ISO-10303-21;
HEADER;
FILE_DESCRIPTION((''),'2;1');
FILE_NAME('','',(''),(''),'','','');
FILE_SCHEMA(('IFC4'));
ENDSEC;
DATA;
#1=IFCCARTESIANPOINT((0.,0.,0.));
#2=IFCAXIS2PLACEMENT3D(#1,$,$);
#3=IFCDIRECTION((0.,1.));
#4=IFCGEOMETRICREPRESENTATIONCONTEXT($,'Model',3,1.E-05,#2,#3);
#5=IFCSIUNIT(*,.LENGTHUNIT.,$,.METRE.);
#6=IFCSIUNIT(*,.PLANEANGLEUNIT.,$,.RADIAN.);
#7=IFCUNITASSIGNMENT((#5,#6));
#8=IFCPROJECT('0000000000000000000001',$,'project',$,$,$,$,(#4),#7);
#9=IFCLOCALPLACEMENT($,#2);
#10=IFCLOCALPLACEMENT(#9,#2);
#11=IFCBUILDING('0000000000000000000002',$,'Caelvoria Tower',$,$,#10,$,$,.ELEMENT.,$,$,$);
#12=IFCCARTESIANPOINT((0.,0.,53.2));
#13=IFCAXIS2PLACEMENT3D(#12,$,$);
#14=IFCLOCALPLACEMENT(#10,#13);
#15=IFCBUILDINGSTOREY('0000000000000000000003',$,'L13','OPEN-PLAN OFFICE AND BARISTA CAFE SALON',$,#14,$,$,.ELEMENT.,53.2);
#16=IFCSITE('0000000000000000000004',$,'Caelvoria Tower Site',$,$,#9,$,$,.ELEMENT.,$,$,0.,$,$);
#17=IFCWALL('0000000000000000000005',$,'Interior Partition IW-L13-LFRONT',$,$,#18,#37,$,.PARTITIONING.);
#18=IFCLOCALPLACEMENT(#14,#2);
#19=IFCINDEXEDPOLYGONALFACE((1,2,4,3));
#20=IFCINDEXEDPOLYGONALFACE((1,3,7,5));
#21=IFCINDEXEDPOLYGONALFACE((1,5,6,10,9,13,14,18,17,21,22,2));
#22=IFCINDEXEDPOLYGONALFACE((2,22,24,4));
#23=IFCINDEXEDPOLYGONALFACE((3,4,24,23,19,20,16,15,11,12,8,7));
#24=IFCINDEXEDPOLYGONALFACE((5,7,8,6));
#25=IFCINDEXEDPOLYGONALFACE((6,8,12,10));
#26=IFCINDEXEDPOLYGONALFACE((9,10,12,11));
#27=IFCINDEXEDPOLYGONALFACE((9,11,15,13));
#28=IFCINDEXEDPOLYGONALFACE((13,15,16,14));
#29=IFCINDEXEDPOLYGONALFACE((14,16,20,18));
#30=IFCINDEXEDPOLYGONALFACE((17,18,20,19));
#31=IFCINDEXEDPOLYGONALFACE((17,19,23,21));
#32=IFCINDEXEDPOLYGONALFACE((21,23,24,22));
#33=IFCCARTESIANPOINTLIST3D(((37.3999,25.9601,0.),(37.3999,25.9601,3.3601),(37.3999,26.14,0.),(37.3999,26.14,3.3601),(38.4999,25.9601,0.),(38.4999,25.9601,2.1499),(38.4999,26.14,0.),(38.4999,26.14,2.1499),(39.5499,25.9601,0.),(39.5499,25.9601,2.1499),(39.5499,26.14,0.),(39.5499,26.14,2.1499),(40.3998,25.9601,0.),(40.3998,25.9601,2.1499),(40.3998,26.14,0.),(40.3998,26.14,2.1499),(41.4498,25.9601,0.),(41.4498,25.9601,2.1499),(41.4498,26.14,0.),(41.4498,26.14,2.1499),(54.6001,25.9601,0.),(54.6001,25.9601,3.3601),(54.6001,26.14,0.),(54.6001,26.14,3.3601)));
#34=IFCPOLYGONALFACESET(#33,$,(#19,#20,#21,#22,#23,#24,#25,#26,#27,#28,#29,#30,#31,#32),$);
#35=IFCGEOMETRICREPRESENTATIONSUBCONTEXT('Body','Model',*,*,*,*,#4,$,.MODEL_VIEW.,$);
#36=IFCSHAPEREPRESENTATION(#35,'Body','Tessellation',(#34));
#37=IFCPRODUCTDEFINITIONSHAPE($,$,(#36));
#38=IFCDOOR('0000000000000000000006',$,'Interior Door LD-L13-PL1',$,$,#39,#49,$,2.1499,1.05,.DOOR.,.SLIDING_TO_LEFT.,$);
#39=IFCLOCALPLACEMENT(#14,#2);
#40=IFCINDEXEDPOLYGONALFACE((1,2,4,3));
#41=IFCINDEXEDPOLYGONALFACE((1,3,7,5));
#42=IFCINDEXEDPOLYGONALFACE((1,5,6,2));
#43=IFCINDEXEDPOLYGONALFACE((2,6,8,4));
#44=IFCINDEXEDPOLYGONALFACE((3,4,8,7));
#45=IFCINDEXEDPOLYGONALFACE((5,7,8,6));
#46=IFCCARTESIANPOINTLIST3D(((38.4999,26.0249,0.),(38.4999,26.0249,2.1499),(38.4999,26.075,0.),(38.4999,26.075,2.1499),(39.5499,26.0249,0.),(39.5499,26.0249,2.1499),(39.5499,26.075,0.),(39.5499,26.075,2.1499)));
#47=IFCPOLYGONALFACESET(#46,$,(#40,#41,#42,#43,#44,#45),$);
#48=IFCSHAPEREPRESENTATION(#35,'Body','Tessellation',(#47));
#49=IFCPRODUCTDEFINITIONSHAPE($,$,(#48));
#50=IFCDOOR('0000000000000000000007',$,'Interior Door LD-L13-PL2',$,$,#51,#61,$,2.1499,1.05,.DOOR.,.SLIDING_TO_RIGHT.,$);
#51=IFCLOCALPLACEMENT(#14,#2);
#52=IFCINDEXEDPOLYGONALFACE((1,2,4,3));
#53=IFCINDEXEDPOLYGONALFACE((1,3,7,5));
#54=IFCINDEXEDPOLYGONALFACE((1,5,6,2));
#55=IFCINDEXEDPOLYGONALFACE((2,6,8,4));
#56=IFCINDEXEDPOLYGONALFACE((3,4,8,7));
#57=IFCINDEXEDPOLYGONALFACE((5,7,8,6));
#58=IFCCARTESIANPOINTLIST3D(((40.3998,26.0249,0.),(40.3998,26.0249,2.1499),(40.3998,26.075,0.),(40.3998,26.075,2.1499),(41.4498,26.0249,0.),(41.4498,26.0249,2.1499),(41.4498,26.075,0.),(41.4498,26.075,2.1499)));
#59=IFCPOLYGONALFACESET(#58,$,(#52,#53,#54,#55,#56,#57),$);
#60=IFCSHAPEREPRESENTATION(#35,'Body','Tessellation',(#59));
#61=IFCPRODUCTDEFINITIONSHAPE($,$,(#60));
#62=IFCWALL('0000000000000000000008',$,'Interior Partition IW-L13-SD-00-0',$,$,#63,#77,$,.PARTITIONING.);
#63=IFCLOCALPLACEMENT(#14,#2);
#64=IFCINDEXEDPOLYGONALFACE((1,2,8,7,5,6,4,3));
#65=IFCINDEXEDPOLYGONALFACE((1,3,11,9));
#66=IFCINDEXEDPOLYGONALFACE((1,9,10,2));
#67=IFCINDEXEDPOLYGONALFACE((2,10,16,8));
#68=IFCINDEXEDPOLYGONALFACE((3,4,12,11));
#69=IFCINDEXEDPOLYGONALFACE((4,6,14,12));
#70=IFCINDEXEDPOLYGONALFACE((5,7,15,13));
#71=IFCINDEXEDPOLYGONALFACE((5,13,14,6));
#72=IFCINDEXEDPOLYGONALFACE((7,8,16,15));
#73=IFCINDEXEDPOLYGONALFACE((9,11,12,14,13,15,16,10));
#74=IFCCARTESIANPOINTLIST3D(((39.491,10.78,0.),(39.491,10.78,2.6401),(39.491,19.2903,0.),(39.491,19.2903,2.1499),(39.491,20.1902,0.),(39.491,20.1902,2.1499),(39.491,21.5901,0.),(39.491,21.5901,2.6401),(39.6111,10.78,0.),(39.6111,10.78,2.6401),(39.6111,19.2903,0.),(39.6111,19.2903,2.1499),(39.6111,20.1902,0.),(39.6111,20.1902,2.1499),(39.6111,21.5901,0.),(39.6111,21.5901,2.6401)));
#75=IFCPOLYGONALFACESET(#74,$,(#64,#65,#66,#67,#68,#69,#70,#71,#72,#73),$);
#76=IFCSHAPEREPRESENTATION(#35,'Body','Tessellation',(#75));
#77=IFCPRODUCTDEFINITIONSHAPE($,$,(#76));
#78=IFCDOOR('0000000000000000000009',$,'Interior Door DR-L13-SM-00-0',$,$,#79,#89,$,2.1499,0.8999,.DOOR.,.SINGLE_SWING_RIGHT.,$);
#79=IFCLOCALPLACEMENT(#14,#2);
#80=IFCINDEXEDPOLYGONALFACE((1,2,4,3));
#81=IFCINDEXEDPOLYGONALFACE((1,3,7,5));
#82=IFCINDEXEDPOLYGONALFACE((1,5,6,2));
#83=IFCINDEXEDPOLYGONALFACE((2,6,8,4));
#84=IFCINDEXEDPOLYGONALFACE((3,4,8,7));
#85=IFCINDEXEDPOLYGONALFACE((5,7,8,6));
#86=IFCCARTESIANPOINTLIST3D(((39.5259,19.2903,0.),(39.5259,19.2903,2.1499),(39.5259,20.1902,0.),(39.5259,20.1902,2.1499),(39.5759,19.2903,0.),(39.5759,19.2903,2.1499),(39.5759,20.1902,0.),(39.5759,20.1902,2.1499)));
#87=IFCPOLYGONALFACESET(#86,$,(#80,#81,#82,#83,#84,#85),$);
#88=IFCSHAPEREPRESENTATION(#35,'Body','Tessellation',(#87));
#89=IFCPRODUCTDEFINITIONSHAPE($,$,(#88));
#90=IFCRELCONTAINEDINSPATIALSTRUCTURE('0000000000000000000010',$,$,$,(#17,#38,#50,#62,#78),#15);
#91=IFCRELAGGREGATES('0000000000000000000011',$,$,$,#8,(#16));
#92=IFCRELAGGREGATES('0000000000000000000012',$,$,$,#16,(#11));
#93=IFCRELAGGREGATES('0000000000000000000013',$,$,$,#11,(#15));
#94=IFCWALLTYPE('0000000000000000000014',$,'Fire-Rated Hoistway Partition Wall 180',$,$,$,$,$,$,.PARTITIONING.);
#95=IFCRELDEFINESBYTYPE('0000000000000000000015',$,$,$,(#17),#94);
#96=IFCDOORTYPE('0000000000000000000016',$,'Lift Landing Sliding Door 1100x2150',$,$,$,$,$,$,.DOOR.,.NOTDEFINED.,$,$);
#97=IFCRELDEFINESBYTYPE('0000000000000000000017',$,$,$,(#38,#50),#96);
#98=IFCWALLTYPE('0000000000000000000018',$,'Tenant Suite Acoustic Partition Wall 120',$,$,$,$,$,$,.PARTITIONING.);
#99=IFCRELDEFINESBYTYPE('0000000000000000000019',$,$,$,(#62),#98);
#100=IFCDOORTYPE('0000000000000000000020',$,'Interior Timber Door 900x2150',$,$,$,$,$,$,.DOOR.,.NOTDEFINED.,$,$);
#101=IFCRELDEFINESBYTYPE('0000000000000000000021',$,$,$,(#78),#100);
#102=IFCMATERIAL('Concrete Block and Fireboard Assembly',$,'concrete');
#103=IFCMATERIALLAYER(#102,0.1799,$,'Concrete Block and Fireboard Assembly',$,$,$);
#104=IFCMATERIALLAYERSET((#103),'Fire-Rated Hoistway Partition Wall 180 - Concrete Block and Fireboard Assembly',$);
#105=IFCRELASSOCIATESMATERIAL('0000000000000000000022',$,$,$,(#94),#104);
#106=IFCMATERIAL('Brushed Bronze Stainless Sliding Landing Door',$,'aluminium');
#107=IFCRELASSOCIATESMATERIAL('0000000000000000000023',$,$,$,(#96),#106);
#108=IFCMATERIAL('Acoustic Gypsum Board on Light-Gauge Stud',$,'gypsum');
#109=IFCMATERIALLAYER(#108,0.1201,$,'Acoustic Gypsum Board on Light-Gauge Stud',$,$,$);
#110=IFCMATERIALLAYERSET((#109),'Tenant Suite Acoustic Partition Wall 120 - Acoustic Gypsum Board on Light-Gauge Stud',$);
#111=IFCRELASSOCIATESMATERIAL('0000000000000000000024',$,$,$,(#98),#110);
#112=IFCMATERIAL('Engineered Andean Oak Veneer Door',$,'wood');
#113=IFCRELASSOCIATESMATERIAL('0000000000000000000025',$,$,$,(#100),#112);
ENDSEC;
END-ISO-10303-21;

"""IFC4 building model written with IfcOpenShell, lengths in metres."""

from ifc_helpers import new_model, si_unit, direction, frame, frame_2d, origin, place, context, subcontext, project, spatial, rectangle, extrude, material, layer, layer_set, type_object, element, fill, save


model = new_model("IFC4")

# Units and contexts
model_context = context("Model", 3, precision=1e-05, world=origin(), true_north=direction((0.0, 1.0)))
body_context = subcontext(model_context, "Body", "Model", "MODEL_VIEW")
ifc_project = project(units=[si_unit("LENGTHUNIT", "METRE"), si_unit("PLANEANGLEUNIT", "RADIAN")], contexts=[model_context])

# Site, building, storey
site_placement = place(None, origin())
site = spatial("IfcSite", under=ifc_project, at=site_placement, Name="Caelvoria Tower Site", CompositionType="ELEMENT", RefElevation=0.0)
building_placement = place(site_placement, origin())
building = spatial("IfcBuilding", under=site, at=building_placement, Name="Caelvoria Tower", CompositionType="ELEMENT")
storey_placement = place(building_placement, frame((0.0, 0.0, 53.2)))
storey = spatial("IfcBuildingStorey", under=building, at=storey_placement, Name="L13", Description="OPEN-PLAN OFFICE AND BARISTA CAFE SALON", CompositionType="ELEMENT", Elevation=53.2)

# Wall, openings, doors
ifc_material_1 = material(Name="Concrete Block and Fireboard Assembly", Category="concrete")
ifc_layer_1 = layer(ifc_material_1, 0.1799, Name="Concrete Block and Fireboard Assembly")
ifc_layer_set_1 = layer_set([ifc_layer_1], Name="Fire-Rated Hoistway Partition Wall 180 - Concrete Block and Fireboard Assembly")
wall_type_1 = type_object("IfcWallType", Name="Fire-Rated Hoistway Partition Wall 180", PredefinedType="PARTITIONING", material=ifc_layer_set_1)
wall_1_placement = place(storey_placement, frame((37.3999, 26.05, 0.0), z_axis=(0.0, 0.0, 1.0), x_axis=(1.0, 0.0, 0.0)))
wall_1 = element("IfcWall", 1, at=wall_1_placement, inside=storey, type_object=wall_type_1, Name="Interior Partition IW-L13-LFRONT", PredefinedType="PARTITIONING", context=body_context, shape_type="SweptSolid", body=[
    extrude(rectangle(XDim=17.2002, YDim=0.1799, at=frame_2d((8.6001, 0.0))), origin(), (0.0, 0.0, 1.0), 3.3601),
])
opening_1_placement = place(wall_1_placement, frame((1.1001, 0.0, 0.0)))
opening_1 = element("IfcOpeningElement", 2, at=opening_1_placement, cuts=wall_1, PredefinedType="OPENING", context=body_context, shape_type="SweptSolid", body=[
    extrude(rectangle(XDim=1.05, YDim=2.1499, at=frame_2d((0.5249, 1.075))), frame((0.0, 0.0999, 0.0), z_axis=(0.0, -1.0, 0.0), x_axis=(1.0, 0.0, 0.0)), (0.0, 0.0, 1.0), 0.2),
])
opening_2_placement = place(wall_1_placement, frame((3.0, 0.0, 0.0)))
opening_2 = element("IfcOpeningElement", 3, at=opening_2_placement, cuts=wall_1, PredefinedType="OPENING", context=body_context, shape_type="SweptSolid", body=[
    extrude(rectangle(XDim=1.05, YDim=2.1499, at=frame_2d((0.5249, 1.075))), frame((0.0, 0.0999, 0.0), z_axis=(0.0, -1.0, 0.0), x_axis=(1.0, 0.0, 0.0)), (0.0, 0.0, 1.0), 0.2),
])
ifc_material_2 = material(Name="Brushed Bronze Stainless Sliding Landing Door", Category="aluminium")
door_type_1 = type_object("IfcDoorType", Name="Lift Landing Sliding Door 1100x2150", OperationType="NOTDEFINED", PredefinedType="DOOR", material=ifc_material_2)
door_1_placement = place(opening_1_placement, origin())
door_1 = element("IfcDoor", 4, at=door_1_placement, inside=storey, type_object=door_type_1, Name="Interior Door LD-L13-PL1", OperationType="SLIDING_TO_LEFT", OverallHeight=2.1499, OverallWidth=1.05, PredefinedType="DOOR", context=body_context, shape_type="SweptSolid", body=[
    extrude(rectangle(XDim=1.05, YDim=2.1499, at=frame_2d((0.5249, 1.075))), frame((0.0, 0.0249, 0.0), z_axis=(0.0, -1.0, 0.0), x_axis=(1.0, 0.0, 0.0)), (0.0, 0.0, 1.0), 0.05),
])
fill(opening_1, door_1)
door_2_placement = place(opening_2_placement, origin())
door_2 = element("IfcDoor", 5, at=door_2_placement, inside=storey, type_object=door_type_1, Name="Interior Door LD-L13-PL2", OperationType="SLIDING_TO_RIGHT", OverallHeight=2.1499, OverallWidth=1.05, PredefinedType="DOOR", context=body_context, shape_type="SweptSolid", body=[
    extrude(rectangle(XDim=1.05, YDim=2.1499, at=frame_2d((0.5249, 1.075))), frame((0.0, 0.0249, 0.0), z_axis=(0.0, -1.0, 0.0), x_axis=(1.0, 0.0, 0.0)), (0.0, 0.0, 1.0), 0.05),
])
fill(opening_2, door_2)

# Wall, opening, door
ifc_material_3 = material(Name="Acoustic Gypsum Board on Light-Gauge Stud", Category="gypsum")
ifc_layer_2 = layer(ifc_material_3, 0.1201, Name="Acoustic Gypsum Board on Light-Gauge Stud")
ifc_layer_set_2 = layer_set([ifc_layer_2], Name="Tenant Suite Acoustic Partition Wall 120 - Acoustic Gypsum Board on Light-Gauge Stud")
wall_type_2 = type_object("IfcWallType", Name="Tenant Suite Acoustic Partition Wall 120", PredefinedType="PARTITIONING", material=ifc_layer_set_2)
wall_2_placement = place(storey_placement, frame((39.551, 21.5901, 0.0), z_axis=(0.0, 0.0, 1.0), x_axis=(0.0, -1.0, 0.0)))
wall_2 = element("IfcWall", 6, at=wall_2_placement, inside=storey, type_object=wall_type_2, Name="Interior Partition IW-L13-SD-00-0", PredefinedType="PARTITIONING", context=body_context, shape_type="SweptSolid", body=[
    extrude(rectangle(XDim=10.8101, YDim=0.1201, at=frame_2d((5.405, 0.0))), origin(), (0.0, 0.0, 1.0), 2.6401),
])
opening_3_placement = place(wall_2_placement, frame((1.3999, 0.0, 0.0)))
opening_3 = element("IfcOpeningElement", 7, at=opening_3_placement, cuts=wall_2, PredefinedType="OPENING", context=body_context, shape_type="SweptSolid", body=[
    extrude(rectangle(XDim=0.8999, YDim=2.1499, at=frame_2d((0.45, 1.075))), frame((0.0, 0.0701, 0.0), z_axis=(0.0, -1.0, 0.0), x_axis=(1.0, 0.0, 0.0)), (0.0, 0.0, 1.0), 0.1401),
])
ifc_material_4 = material(Name="Engineered Andean Oak Veneer Door", Category="wood")
door_type_2 = type_object("IfcDoorType", Name="Interior Timber Door 900x2150", OperationType="NOTDEFINED", PredefinedType="DOOR", material=ifc_material_4)
door_3_placement = place(opening_3_placement, origin())
door_3 = element("IfcDoor", 8, at=door_3_placement, inside=storey, type_object=door_type_2, Name="Interior Door DR-L13-SM-00-0", OperationType="SINGLE_SWING_RIGHT", OverallHeight=2.1499, OverallWidth=0.8999, PredefinedType="DOOR", context=body_context, shape_type="SweptSolid", body=[
    extrude(rectangle(XDim=0.8999, YDim=2.1499, at=frame_2d((0.45, 1.075))), frame((0.0, 0.0249, 0.0), z_axis=(0.0, -1.0, 0.0), x_axis=(1.0, 0.0, 0.0)), (0.0, 0.0, 1.0), 0.05),
])
fill(opening_3, door_3)

save(model, "model.ifc")
